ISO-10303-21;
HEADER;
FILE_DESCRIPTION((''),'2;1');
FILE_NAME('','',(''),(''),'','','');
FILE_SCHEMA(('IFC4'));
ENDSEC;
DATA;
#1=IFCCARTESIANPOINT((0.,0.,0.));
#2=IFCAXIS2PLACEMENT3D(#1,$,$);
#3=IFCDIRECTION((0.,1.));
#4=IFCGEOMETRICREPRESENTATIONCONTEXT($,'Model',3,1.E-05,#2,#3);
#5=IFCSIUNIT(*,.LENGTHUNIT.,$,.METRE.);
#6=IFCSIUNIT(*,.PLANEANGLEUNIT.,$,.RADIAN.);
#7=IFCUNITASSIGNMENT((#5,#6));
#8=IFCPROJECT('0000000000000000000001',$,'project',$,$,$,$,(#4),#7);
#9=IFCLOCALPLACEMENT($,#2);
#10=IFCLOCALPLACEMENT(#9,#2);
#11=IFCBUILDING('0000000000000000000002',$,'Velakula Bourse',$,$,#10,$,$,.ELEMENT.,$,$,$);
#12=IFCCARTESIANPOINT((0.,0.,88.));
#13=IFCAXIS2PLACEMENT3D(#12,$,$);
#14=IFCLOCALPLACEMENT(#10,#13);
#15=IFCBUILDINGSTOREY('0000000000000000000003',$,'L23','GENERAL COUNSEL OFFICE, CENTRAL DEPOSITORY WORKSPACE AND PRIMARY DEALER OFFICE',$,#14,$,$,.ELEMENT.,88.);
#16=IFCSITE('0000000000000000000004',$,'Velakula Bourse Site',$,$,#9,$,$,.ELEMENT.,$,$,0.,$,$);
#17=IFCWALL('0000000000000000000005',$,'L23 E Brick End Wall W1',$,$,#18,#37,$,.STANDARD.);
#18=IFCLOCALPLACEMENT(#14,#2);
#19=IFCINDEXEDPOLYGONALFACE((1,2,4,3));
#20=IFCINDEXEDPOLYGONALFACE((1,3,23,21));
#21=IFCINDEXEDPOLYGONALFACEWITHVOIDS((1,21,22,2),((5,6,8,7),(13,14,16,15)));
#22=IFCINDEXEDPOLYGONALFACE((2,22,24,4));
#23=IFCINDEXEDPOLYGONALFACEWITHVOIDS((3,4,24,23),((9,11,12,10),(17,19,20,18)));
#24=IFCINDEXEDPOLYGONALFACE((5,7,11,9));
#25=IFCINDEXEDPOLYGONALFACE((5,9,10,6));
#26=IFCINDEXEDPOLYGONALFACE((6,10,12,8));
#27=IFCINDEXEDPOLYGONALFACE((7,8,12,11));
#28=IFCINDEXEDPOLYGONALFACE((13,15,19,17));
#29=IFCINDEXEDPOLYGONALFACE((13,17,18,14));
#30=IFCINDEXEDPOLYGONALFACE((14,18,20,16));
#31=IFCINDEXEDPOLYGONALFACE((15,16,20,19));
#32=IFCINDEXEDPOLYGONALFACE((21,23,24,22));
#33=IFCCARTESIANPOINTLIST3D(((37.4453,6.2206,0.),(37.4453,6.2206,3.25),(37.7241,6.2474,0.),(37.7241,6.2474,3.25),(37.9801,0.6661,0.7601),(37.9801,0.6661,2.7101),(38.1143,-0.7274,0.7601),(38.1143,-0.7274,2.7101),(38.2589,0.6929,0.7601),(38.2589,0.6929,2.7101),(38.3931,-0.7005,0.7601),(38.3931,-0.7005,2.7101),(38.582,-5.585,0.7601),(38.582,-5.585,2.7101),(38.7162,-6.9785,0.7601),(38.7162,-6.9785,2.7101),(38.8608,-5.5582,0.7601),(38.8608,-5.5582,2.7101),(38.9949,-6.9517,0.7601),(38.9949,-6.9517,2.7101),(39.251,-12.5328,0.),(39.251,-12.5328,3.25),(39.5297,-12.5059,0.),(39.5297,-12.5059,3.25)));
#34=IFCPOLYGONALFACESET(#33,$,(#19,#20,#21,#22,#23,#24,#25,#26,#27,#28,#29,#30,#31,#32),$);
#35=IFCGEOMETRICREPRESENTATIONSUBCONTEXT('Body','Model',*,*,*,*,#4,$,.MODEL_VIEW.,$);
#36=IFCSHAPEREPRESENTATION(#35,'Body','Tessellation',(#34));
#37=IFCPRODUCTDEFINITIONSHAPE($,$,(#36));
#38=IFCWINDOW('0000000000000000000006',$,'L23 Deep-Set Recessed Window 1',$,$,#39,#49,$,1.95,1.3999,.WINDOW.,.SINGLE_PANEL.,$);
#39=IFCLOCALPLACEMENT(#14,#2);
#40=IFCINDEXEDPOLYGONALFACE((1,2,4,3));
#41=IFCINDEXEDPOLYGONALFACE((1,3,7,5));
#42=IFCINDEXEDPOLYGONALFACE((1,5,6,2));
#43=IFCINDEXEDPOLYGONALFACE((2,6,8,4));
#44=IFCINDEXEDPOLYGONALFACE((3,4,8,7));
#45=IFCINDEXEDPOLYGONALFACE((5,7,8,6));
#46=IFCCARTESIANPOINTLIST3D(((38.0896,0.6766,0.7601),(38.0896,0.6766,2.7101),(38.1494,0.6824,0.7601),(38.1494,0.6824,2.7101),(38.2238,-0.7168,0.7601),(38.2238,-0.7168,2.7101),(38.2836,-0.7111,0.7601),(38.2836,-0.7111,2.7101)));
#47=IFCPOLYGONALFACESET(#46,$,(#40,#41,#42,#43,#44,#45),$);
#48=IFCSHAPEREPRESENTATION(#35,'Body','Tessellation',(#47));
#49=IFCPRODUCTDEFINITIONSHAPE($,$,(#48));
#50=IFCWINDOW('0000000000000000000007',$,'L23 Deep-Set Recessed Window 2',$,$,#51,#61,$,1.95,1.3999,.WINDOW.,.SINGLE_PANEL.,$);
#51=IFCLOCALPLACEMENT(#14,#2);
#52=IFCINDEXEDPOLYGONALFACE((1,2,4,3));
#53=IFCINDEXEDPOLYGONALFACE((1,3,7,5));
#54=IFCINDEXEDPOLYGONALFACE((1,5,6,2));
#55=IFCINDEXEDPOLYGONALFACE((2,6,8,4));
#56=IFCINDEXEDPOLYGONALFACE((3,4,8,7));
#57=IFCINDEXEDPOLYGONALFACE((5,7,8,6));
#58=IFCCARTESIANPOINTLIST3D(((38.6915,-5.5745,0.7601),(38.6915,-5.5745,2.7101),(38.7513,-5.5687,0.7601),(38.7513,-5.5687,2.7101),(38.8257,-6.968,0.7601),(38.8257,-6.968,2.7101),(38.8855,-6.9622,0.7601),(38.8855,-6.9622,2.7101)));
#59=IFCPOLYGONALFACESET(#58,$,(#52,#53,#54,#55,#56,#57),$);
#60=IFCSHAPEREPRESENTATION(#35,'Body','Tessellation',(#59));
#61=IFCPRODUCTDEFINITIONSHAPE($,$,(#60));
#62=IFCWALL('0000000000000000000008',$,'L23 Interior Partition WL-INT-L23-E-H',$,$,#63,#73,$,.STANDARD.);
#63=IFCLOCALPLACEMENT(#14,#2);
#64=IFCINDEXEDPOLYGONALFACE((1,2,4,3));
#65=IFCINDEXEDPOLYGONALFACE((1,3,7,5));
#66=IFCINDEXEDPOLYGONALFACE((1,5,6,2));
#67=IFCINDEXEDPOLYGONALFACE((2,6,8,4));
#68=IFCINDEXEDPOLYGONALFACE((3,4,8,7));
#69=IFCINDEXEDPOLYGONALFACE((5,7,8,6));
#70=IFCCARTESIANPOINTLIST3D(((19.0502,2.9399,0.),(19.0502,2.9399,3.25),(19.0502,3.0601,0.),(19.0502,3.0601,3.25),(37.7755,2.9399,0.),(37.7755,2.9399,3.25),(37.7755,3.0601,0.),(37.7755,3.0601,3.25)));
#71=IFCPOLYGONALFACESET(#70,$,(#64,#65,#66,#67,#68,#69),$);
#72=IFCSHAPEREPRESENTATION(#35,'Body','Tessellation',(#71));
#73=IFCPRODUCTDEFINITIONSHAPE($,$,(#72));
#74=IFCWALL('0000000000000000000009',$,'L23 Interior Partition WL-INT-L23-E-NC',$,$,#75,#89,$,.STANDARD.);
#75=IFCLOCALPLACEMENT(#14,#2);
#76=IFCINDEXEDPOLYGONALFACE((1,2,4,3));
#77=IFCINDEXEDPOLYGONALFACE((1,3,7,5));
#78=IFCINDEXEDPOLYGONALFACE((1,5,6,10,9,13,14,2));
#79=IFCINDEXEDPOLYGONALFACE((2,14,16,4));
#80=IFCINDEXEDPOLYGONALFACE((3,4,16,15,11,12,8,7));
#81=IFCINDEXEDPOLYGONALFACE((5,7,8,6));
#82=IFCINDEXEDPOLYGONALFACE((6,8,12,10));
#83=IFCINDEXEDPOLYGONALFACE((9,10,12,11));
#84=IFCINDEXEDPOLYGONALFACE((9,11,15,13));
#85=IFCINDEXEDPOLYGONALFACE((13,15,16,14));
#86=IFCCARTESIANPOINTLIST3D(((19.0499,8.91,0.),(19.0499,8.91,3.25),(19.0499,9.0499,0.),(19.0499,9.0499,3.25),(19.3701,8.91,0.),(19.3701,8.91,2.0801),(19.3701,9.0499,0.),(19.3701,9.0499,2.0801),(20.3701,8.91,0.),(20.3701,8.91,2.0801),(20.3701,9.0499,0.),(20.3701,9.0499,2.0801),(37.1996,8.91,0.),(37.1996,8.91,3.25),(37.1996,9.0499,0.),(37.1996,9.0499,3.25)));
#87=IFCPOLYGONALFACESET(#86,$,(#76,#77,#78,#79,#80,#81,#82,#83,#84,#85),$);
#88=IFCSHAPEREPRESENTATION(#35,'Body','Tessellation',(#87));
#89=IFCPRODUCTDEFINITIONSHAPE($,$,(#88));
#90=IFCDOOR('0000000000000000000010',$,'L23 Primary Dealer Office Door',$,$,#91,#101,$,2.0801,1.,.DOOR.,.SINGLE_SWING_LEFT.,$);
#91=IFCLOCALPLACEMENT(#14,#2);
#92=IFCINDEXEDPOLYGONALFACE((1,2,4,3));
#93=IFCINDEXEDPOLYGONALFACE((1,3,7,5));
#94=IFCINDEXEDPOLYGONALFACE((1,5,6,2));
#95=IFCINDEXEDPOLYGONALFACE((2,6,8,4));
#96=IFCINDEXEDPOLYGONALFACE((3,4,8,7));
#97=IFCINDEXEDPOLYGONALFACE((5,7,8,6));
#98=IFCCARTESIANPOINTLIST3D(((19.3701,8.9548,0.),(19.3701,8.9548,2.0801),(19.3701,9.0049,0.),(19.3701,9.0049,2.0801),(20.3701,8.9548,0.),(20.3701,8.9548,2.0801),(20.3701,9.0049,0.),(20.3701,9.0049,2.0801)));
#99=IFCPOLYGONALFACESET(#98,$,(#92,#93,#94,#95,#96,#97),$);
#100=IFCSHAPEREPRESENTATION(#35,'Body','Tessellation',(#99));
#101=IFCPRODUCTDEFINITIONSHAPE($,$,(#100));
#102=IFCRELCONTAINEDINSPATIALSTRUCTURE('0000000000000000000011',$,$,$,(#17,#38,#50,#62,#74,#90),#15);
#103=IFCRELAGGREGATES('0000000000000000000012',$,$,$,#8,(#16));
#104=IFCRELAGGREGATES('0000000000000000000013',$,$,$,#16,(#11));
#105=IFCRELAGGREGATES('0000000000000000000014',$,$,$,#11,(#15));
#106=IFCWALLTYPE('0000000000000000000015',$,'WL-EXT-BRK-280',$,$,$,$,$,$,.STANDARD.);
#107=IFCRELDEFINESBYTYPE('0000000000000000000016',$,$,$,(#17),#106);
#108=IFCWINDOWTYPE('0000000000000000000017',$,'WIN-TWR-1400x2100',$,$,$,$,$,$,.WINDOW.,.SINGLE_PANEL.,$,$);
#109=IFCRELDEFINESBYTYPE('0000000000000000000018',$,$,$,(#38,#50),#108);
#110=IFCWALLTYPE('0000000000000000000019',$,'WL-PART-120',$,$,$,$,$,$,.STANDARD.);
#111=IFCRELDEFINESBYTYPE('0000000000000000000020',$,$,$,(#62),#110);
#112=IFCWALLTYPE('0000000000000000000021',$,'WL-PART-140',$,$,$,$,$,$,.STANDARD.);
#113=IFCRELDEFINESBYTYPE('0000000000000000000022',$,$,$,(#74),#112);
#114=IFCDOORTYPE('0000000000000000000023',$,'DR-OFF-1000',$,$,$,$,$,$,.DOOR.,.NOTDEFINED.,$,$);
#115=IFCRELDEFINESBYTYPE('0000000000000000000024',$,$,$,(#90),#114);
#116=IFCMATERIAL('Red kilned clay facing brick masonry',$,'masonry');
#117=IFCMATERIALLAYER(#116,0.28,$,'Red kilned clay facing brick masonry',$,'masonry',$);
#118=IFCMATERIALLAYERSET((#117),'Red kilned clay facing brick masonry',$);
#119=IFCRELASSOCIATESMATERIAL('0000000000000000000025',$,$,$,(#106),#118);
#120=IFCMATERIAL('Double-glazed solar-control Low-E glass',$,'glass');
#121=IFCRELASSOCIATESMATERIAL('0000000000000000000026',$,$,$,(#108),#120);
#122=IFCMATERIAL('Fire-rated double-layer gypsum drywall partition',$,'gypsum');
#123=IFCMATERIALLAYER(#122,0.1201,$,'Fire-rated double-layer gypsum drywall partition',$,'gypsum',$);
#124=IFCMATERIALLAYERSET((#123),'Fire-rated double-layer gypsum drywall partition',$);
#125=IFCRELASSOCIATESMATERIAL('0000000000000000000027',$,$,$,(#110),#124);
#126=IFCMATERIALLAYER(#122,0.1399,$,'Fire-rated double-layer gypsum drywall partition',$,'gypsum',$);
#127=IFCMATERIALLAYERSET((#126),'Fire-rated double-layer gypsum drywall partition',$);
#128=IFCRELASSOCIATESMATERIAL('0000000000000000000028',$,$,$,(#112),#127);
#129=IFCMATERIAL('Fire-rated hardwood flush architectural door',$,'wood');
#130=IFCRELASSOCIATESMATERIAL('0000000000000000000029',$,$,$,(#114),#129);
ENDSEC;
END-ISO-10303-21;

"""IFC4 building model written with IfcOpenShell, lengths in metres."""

from ifc_helpers import new_model, si_unit, direction, frame, frame_2d, origin, place, context, subcontext, project, spatial, rectangle, extrude, material, layer, layer_set, type_object, element, fill, save


model = new_model("IFC4")

# Units and contexts
model_context = context("Model", 3, precision=1e-05, world=origin(), true_north=direction((0.0, 1.0)))
body_context = subcontext(model_context, "Body", "Model", "MODEL_VIEW")
ifc_project = project(units=[si_unit("LENGTHUNIT", "METRE"), si_unit("PLANEANGLEUNIT", "RADIAN")], contexts=[model_context])

# Site, building, storey
site_placement = place(None, origin())
site = spatial("IfcSite", under=ifc_project, at=site_placement, Name="Velakula Bourse Site", CompositionType="ELEMENT", RefElevation=0.0)
building_placement = place(site_placement, origin())
building = spatial("IfcBuilding", under=site, at=building_placement, Name="Velakula Bourse", CompositionType="ELEMENT")
storey_placement = place(building_placement, frame((0.0, 0.0, 88.0)))
storey = spatial("IfcBuildingStorey", under=building, at=storey_placement, Name="L23", Description="GENERAL COUNSEL OFFICE, CENTRAL DEPOSITORY WORKSPACE AND PRIMARY DEALER OFFICE", CompositionType="ELEMENT", Elevation=88.0)

# Wall, openings, windows
ifc_material_1 = material(Name="Red kilned clay facing brick masonry", Category="masonry")
ifc_layer_1 = layer(ifc_material_1, 0.28, Name="Red kilned clay facing brick masonry", Category="masonry")
ifc_layer_set_1 = layer_set([ifc_layer_1], Name="Red kilned clay facing brick masonry")
wall_type_1 = type_object("IfcWallType", Name="WL-EXT-BRK-280", PredefinedType="STANDARD", material=ifc_layer_set_1)
wall_1_placement = place(storey_placement, frame((37.5847, 6.2339, 0.0), z_axis=(0.0, 0.0, 1.0), x_axis=(0.095841, -0.995397, 0.0)))
wall_1 = element("IfcWall", 1, at=wall_1_placement, inside=storey, type_object=wall_type_1, Name="L23 E Brick End Wall W1", PredefinedType="STANDARD", context=body_context, shape_type="SweptSolid", body=[
    extrude(rectangle(XDim=18.8401, YDim=0.28, at=frame_2d((9.4199, 0.0))), origin(), (0.0, 0.0, 1.0), 3.25),
])
opening_1_placement = place(wall_1_placement, frame((5.5801, 0.0, 0.76)))
opening_1 = element("IfcOpeningElement", 2, at=opening_1_placement, cuts=wall_1, PredefinedType="OPENING", context=body_context, shape_type="SweptSolid", body=[
    extrude(rectangle(XDim=1.3999, YDim=1.95, at=frame_2d((0.7, 0.9751))), frame((0.0, 0.1499, 0.0), z_axis=(0.0, -1.0, 0.0), x_axis=(1.0, 0.0, 0.0)), (0.0, 0.0, 1.0), 0.3),
])
opening_2_placement = place(wall_1_placement, frame((11.8601, 0.0, 0.76)))
opening_2 = element("IfcOpeningElement", 3, at=opening_2_placement, cuts=wall_1, PredefinedType="OPENING", context=body_context, shape_type="SweptSolid", body=[
    extrude(rectangle(XDim=1.3999, YDim=1.95, at=frame_2d((0.7, 0.9751))), frame((0.0, 0.1499, 0.0), z_axis=(0.0, -1.0, 0.0), x_axis=(1.0, 0.0, 0.0)), (0.0, 0.0, 1.0), 0.3),
])
ifc_material_2 = material(Name="Double-glazed solar-control Low-E glass", Category="glass")
window_type = type_object("IfcWindowType", Name="WIN-TWR-1400x2100", PartitioningType="SINGLE_PANEL", PredefinedType="WINDOW", material=ifc_material_2)
window_1_placement = place(opening_1_placement, origin())
window_1 = element("IfcWindow", 4, at=window_1_placement, inside=storey, type_object=window_type, Name="L23 Deep-Set Recessed Window 1", OverallHeight=1.95, OverallWidth=1.3999, PartitioningType="SINGLE_PANEL", PredefinedType="WINDOW", context=body_context, shape_type="SweptSolid", body=[
    extrude(rectangle(XDim=1.3999, YDim=1.95, at=frame_2d((0.7, 0.9751))), frame((0.0, 0.03, 0.0), z_axis=(0.0, -1.0, 0.0), x_axis=(1.0, 0.0, 0.0)), (0.0, 0.0, 1.0), 0.0601),
])
fill(opening_1, window_1)
window_2_placement = place(opening_2_placement, origin())
window_2 = element("IfcWindow", 5, at=window_2_placement, inside=storey, type_object=window_type, Name="L23 Deep-Set Recessed Window 2", OverallHeight=1.95, OverallWidth=1.3999, PartitioningType="SINGLE_PANEL", PredefinedType="WINDOW", context=body_context, shape_type="SweptSolid", body=[
    extrude(rectangle(XDim=1.3999, YDim=1.95, at=frame_2d((0.7, 0.9751))), frame((0.0, 0.03, 0.0), z_axis=(0.0, -1.0, 0.0), x_axis=(1.0, 0.0, 0.0)), (0.0, 0.0, 1.0), 0.0601),
])
fill(opening_2, window_2)

# Wall
ifc_material_3 = material(Name="Fire-rated double-layer gypsum drywall partition", Category="gypsum")
ifc_layer_2 = layer(ifc_material_3, 0.1201, Name="Fire-rated double-layer gypsum drywall partition", Category="gypsum")
ifc_layer_set_2 = layer_set([ifc_layer_2], Name="Fire-rated double-layer gypsum drywall partition")
wall_type_2 = type_object("IfcWallType", Name="WL-PART-120", PredefinedType="STANDARD", material=ifc_layer_set_2)
wall_2_placement = place(storey_placement, frame((19.05, 3.0, 0.0), z_axis=(0.0, 0.0, 1.0), x_axis=(1.0, 0.0, 0.0)))
element("IfcWall", 6, at=wall_2_placement, inside=storey, type_object=wall_type_2, Name="L23 Interior Partition WL-INT-L23-E-H", PredefinedType="STANDARD", context=body_context, shape_type="SweptSolid", body=[
    extrude(rectangle(XDim=18.7253, YDim=0.1201, at=frame_2d((9.3628, 0.0))), origin(), (0.0, 0.0, 1.0), 3.25),
])

# Wall, opening, door
ifc_layer_3 = layer(ifc_material_3, 0.1399, Name="Fire-rated double-layer gypsum drywall partition", Category="gypsum")
ifc_layer_set_3 = layer_set([ifc_layer_3], Name="Fire-rated double-layer gypsum drywall partition")
wall_type_3 = type_object("IfcWallType", Name="WL-PART-140", PredefinedType="STANDARD", material=ifc_layer_set_3)
wall_3_placement = place(storey_placement, frame((19.05, 8.98, 0.0), z_axis=(0.0, 0.0, 1.0), x_axis=(1.0, 0.0, 0.0)))
wall_3 = element("IfcWall", 7, at=wall_3_placement, inside=storey, type_object=wall_type_3, Name="L23 Interior Partition WL-INT-L23-E-NC", PredefinedType="STANDARD", context=body_context, shape_type="SweptSolid", body=[
    extrude(rectangle(XDim=18.1497, YDim=0.1399, at=frame_2d((9.0747, 0.0))), origin(), (0.0, 0.0, 1.0), 3.25),
])
opening_3_placement = place(wall_3_placement, frame((0.3201, 0.0, 0.0)))
opening_3 = element("IfcOpeningElement", 8, at=opening_3_placement, cuts=wall_3, PredefinedType="OPENING", context=body_context, shape_type="SweptSolid", body=[
    extrude(rectangle(XDim=1.0, YDim=2.0801, at=frame_2d((0.5, 1.04))), frame((0.0, 0.0798, 0.0), z_axis=(0.0, -1.0, 0.0), x_axis=(1.0, 0.0, 0.0)), (0.0, 0.0, 1.0), 0.1599),
])
ifc_material_4 = material(Name="Fire-rated hardwood flush architectural door", Category="wood")
door_type = type_object("IfcDoorType", Name="DR-OFF-1000", OperationType="NOTDEFINED", PredefinedType="DOOR", material=ifc_material_4)
door_placement = place(opening_3_placement, origin())
door = element("IfcDoor", 9, at=door_placement, inside=storey, type_object=door_type, Name="L23 Primary Dealer Office Door", OperationType="SINGLE_SWING_LEFT", OverallHeight=2.0801, OverallWidth=1.0, PredefinedType="DOOR", context=body_context, shape_type="SweptSolid", body=[
    extrude(rectangle(XDim=1.0, YDim=2.0801, at=frame_2d((0.5, 1.04))), frame((0.0, 0.0249, 0.0), z_axis=(0.0, -1.0, 0.0), x_axis=(1.0, 0.0, 0.0)), (0.0, 0.0, 1.0), 0.05),
])
fill(opening_3, door)

save(model, "model.ifc")
